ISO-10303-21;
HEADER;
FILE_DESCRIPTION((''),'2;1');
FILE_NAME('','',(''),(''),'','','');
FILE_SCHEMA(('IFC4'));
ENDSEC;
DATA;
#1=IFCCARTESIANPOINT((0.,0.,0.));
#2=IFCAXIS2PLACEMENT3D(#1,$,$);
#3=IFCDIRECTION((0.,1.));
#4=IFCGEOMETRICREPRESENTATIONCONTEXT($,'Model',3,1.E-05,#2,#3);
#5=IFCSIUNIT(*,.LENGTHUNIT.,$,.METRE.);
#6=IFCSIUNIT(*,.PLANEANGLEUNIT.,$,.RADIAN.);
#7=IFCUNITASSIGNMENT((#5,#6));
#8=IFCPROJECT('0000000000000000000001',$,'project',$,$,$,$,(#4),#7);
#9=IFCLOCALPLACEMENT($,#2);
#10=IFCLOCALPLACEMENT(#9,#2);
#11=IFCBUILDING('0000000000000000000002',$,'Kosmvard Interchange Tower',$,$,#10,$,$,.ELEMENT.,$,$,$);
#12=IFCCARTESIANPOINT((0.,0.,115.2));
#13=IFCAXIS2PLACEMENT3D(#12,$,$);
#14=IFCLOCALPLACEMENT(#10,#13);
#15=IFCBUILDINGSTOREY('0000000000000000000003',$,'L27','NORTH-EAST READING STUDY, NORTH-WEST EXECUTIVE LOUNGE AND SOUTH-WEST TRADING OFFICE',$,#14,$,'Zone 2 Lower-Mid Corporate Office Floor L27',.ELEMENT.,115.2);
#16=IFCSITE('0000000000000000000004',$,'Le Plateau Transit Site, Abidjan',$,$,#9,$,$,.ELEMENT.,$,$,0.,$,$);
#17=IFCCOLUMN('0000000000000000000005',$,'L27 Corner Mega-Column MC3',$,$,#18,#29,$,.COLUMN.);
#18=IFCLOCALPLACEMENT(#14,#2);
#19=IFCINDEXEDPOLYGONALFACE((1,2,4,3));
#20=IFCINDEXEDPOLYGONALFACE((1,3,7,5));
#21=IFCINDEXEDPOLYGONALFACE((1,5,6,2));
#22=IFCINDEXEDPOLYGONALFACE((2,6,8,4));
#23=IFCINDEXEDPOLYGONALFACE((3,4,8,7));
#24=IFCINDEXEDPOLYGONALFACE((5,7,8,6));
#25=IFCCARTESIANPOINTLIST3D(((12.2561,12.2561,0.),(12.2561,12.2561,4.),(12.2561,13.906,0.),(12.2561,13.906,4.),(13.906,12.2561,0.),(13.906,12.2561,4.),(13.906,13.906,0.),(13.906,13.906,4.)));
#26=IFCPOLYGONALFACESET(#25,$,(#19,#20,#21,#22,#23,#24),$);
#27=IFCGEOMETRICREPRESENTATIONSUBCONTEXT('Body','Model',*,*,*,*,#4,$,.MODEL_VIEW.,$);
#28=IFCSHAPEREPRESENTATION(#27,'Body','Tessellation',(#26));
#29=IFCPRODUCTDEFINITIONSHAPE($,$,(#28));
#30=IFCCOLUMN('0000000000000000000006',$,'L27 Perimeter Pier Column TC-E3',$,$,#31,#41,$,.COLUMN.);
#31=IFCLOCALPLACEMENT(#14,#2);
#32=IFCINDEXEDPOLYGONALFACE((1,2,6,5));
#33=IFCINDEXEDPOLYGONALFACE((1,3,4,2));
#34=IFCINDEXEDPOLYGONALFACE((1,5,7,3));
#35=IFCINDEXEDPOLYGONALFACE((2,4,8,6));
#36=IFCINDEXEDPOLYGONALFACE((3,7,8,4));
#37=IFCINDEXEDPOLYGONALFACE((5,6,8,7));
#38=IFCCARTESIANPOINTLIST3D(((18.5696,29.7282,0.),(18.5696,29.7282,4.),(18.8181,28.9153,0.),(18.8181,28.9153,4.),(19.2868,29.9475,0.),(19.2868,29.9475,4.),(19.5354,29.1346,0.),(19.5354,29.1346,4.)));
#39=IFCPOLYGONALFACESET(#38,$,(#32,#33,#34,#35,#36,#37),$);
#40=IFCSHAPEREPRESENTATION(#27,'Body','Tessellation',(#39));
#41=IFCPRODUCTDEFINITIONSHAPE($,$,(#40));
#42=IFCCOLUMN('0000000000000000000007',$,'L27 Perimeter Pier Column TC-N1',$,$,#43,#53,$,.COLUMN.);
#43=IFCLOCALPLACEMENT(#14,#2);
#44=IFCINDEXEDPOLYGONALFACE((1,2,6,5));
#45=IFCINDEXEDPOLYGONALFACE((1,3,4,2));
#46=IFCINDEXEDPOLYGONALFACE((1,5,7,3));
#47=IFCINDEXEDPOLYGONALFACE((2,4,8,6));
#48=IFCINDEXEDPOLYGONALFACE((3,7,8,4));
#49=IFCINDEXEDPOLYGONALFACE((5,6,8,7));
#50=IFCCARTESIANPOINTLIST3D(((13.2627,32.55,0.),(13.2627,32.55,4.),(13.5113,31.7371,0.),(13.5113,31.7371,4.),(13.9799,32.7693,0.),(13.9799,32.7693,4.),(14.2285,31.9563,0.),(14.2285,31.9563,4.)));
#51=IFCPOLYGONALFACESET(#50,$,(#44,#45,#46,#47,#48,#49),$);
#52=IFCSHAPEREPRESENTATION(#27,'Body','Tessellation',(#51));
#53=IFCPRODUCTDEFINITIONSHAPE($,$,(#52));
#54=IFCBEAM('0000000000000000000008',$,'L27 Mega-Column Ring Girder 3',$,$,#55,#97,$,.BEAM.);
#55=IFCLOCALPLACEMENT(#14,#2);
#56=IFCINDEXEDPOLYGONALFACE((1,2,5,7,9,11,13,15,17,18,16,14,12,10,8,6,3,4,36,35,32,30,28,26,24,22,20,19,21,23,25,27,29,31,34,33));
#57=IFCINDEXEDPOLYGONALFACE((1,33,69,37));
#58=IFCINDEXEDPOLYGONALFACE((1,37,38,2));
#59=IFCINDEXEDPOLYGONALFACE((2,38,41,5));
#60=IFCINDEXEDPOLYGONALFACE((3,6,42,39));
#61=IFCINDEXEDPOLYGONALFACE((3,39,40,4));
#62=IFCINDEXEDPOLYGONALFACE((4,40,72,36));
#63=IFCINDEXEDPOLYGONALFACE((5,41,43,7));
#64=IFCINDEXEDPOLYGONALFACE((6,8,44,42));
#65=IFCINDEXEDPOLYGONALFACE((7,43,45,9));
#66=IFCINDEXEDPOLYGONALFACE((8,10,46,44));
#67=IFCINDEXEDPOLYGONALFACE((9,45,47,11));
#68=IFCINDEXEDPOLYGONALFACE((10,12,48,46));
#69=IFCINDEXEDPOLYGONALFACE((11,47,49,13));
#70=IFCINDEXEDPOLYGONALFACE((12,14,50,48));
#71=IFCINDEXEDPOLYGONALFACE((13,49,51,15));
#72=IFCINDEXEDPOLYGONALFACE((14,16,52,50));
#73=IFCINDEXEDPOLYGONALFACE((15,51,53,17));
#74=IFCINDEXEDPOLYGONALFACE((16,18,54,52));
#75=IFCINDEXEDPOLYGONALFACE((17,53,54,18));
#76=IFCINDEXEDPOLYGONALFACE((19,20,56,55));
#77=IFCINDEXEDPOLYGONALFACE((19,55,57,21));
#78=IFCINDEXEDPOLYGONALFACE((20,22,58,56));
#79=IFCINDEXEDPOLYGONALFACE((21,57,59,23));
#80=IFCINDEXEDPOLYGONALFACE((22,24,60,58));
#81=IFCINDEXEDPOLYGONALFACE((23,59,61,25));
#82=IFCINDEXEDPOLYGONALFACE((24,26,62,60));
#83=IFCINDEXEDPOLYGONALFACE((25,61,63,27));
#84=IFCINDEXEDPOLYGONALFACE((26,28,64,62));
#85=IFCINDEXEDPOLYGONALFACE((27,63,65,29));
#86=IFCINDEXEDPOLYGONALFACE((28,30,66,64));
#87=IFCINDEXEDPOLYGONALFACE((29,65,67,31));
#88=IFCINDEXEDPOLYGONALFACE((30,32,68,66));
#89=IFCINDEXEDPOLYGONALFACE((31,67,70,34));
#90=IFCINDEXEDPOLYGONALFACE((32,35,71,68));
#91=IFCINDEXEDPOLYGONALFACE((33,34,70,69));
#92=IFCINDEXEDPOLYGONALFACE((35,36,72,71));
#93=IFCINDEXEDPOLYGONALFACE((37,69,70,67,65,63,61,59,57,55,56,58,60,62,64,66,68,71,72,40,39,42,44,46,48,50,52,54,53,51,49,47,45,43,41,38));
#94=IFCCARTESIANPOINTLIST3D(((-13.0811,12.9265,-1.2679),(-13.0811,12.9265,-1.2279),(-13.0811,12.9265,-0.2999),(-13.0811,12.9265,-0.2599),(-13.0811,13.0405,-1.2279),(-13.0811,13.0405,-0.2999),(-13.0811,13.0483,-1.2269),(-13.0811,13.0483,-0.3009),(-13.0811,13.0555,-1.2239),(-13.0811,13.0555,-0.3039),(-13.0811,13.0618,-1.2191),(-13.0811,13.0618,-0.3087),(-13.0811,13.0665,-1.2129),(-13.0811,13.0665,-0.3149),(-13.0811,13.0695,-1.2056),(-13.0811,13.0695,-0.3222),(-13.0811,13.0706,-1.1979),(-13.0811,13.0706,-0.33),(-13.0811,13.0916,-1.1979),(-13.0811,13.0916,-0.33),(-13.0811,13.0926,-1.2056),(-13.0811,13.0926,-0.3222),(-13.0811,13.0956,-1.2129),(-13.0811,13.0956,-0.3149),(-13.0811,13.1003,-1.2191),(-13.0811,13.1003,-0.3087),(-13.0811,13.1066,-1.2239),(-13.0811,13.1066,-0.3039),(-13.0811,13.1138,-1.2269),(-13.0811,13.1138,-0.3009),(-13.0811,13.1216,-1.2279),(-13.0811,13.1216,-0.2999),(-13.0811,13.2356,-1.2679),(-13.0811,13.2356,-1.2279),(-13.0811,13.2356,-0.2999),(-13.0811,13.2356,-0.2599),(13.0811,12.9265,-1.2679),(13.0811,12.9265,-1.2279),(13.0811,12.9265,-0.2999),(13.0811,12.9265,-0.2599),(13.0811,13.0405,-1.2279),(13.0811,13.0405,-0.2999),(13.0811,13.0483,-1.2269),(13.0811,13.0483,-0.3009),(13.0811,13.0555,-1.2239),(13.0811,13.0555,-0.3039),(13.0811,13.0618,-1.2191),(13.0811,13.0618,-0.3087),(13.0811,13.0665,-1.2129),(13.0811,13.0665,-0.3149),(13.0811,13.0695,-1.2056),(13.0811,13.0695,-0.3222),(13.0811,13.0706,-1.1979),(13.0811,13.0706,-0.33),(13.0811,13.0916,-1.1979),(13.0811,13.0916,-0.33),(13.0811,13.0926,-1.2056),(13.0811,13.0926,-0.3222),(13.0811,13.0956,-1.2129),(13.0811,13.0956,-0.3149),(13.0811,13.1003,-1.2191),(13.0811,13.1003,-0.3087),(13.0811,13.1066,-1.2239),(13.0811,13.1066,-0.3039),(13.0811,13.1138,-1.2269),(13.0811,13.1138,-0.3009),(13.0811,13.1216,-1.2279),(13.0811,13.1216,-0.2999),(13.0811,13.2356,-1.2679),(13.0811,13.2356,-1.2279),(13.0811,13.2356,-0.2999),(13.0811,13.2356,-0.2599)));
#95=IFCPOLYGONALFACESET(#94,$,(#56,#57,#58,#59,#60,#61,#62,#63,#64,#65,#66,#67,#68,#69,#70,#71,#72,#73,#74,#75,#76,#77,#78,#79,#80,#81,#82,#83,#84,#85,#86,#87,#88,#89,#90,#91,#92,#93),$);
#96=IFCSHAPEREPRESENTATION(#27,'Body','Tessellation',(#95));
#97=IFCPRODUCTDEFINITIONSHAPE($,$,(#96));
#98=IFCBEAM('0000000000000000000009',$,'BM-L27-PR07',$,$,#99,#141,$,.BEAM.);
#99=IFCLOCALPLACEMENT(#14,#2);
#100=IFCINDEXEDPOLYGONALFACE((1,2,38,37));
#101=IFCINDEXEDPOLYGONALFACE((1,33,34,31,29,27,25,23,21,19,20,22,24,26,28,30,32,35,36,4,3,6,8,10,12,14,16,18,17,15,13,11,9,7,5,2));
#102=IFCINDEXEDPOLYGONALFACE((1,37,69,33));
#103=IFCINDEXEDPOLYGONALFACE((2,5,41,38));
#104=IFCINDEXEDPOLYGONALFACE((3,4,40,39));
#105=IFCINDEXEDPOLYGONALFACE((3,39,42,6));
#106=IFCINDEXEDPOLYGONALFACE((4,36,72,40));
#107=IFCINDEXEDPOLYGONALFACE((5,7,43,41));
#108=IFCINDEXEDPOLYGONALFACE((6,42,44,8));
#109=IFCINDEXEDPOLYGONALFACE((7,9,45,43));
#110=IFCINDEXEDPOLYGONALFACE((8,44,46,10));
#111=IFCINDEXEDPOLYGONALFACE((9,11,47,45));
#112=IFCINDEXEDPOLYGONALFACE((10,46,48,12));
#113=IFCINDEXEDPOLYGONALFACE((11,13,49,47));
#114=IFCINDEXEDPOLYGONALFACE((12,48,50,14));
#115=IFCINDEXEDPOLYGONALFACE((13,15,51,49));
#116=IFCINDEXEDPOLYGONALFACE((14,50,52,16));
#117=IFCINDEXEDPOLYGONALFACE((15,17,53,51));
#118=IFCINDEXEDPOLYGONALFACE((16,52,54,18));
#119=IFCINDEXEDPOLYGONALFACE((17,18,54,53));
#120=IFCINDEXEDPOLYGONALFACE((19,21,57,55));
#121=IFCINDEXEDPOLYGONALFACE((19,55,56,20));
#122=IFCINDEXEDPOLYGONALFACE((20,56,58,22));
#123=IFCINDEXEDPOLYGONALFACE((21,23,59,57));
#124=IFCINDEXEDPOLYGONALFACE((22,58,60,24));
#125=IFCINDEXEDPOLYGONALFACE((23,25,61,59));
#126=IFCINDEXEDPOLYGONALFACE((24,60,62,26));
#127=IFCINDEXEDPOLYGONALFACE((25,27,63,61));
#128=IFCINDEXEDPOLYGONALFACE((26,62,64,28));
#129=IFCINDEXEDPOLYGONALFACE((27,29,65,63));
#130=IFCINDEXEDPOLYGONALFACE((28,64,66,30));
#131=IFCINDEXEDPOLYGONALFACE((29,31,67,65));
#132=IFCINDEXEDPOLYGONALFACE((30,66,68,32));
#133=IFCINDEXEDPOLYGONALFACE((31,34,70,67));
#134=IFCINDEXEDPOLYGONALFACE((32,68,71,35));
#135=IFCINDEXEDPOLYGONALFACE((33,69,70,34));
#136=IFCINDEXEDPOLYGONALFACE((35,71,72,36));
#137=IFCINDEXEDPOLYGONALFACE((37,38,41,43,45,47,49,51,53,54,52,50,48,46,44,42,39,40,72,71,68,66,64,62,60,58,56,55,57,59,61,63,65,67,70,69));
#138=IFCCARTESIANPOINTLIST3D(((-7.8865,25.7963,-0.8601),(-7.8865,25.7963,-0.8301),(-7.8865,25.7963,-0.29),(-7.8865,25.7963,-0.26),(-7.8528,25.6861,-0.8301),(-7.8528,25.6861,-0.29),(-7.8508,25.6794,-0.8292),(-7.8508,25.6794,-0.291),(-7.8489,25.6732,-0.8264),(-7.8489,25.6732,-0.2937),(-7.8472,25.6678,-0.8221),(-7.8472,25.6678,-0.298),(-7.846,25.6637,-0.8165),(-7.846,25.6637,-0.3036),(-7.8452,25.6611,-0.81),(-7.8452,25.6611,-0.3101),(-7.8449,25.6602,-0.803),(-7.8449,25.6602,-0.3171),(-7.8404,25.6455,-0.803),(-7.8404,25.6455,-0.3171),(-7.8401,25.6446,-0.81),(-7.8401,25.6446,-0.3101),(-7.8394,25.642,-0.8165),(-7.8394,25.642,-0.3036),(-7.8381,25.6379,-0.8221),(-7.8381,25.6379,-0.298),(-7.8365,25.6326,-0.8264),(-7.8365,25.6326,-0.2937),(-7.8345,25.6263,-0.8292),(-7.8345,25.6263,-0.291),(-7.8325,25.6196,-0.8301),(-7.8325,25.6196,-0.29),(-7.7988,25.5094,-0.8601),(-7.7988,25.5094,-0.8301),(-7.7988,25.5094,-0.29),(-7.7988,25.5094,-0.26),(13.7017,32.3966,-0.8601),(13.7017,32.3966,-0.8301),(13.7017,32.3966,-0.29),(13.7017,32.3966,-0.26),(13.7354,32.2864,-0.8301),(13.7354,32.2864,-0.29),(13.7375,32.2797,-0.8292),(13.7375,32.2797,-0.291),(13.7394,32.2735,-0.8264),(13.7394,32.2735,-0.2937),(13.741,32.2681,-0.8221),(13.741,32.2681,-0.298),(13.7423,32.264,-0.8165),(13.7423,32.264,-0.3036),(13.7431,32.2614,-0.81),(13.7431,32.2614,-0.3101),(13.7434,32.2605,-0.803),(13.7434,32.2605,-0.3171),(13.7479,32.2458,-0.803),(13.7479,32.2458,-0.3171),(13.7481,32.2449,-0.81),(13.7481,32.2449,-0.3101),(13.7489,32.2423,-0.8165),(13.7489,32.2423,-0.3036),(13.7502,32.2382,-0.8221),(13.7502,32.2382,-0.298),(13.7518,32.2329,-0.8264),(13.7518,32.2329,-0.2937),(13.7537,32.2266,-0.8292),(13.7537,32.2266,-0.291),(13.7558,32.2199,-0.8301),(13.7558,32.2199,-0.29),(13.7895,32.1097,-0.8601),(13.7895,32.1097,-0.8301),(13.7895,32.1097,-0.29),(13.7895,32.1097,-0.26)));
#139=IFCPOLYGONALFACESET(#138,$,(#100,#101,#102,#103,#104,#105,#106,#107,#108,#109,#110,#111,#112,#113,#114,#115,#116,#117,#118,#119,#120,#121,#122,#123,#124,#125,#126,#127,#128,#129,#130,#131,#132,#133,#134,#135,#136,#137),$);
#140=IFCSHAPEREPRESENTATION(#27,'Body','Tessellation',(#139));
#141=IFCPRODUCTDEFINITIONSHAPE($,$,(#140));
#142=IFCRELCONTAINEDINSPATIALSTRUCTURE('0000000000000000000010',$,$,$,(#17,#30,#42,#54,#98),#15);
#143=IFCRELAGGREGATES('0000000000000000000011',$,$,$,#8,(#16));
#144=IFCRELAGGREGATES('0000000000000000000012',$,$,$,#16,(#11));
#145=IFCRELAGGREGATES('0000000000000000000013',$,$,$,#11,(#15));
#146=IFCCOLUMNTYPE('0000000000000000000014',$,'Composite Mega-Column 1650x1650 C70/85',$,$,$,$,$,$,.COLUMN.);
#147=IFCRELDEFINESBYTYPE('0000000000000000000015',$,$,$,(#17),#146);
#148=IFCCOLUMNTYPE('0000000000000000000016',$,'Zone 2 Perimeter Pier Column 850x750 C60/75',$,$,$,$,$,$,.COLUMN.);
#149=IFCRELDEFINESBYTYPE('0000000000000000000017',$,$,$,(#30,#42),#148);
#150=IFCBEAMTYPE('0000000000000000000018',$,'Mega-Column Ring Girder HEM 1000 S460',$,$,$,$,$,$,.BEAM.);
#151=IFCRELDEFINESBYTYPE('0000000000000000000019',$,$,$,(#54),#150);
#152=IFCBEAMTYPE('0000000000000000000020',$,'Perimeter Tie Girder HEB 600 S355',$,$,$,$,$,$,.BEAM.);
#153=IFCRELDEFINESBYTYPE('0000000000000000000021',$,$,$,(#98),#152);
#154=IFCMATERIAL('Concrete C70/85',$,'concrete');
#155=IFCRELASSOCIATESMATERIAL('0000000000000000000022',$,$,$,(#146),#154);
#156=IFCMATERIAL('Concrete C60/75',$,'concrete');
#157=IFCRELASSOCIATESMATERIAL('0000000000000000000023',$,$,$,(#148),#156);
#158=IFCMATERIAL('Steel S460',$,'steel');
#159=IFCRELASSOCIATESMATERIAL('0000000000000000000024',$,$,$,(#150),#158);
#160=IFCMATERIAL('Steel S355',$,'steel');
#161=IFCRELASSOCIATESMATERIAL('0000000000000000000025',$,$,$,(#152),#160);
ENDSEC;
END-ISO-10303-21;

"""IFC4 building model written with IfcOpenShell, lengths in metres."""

from ifc_helpers import new_model, si_unit, direction, frame, origin, origin_2d, place, context, subcontext, project, spatial, rectangle, i_section, extrude, source, transform, mapped, material, material_profile, profile_set, type_object, element, save


model = new_model("IFC4")

# Units and contexts
model_context = context("Model", 3, precision=1e-05, world=origin(), true_north=direction((0.0, 1.0)))
body_context = subcontext(model_context, "Body", "Model", "MODEL_VIEW")
ifc_project = project(units=[si_unit("LENGTHUNIT", "METRE"), si_unit("PLANEANGLEUNIT", "RADIAN")], contexts=[model_context])

# Site, building, storey
site_placement = place(None, origin())
site = spatial("IfcSite", under=ifc_project, at=site_placement, Name="Le Plateau Transit Site, Abidjan", CompositionType="ELEMENT", RefElevation=0.0)
building_placement = place(site_placement, origin())
building = spatial("IfcBuilding", under=site, at=building_placement, Name="Kosmvard Interchange Tower", CompositionType="ELEMENT")
storey_placement = place(building_placement, frame((0.0, 0.0, 115.2)))
storey = spatial("IfcBuildingStorey", under=building, at=storey_placement, Name="L27", Description="NORTH-EAST READING STUDY, NORTH-WEST EXECUTIVE LOUNGE AND SOUTH-WEST TRADING OFFICE", LongName="Zone 2 Lower-Mid Corporate Office Floor L27", CompositionType="ELEMENT", Elevation=115.2)

# Columns
ifc_material_1 = material(Name="Concrete C70/85", Category="concrete")
ifc_material_profile_1 = material_profile(ifc_material_1, rectangle(XDim=1.6499, YDim=1.6499, at=origin_2d()), Name="MC 1650x1650")
ifc_profile_set_1 = profile_set([ifc_material_profile_1], Name="Concrete C70/85")
column_type_1 = type_object("IfcColumnType", Name="Composite Mega-Column 1650x1650 C70/85", PredefinedType="COLUMN", material=ifc_profile_set_1)
shared_shape_1 = source(origin(), body_context, "Body", "SweptSolid", [
    extrude(rectangle(XDim=1.6499, YDim=1.6499, at=origin_2d()), origin(), (0.0, 0.0, 1.0), 4.0),
])
column_placement = place(storey_placement, frame((13.0811, 13.0811, 0.0), z_axis=(0.0, 0.0, 1.0), x_axis=(1.0, 0.0, 0.0)))
element("IfcColumn", 1, at=column_placement, inside=storey, type_object=column_type_1, Name="L27 Corner Mega-Column MC3", PredefinedType="COLUMN", context=body_context, shape_type="MappedRepresentation", body=[
    mapped(shared_shape_1, transform((0.0, 0.0, 0.0), scale=1.0)),
])
ifc_material_2 = material(Name="Concrete C60/75", Category="concrete")
ifc_material_profile_2 = material_profile(ifc_material_2, rectangle(XDim=0.75, YDim=0.8501, at=origin_2d()), Name="TC 850x750")
ifc_profile_set_2 = profile_set([ifc_material_profile_2], Name="Concrete C60/75")
column_type_2 = type_object("IfcColumnType", Name="Zone 2 Perimeter Pier Column 850x750 C60/75", PredefinedType="COLUMN", material=ifc_profile_set_2)
shared_shape_2 = source(origin(), body_context, "Body", "SweptSolid", [
    extrude(rectangle(XDim=0.75, YDim=0.8501, at=origin_2d()), origin(), (0.0, 0.0, 1.0), 4.0),
])
for number, where, z_axis, x_axis, name in (
    (2, (19.0525, 29.4314, 0.0), (0.0, 0.0, 1.0), (0.956305, 0.292372, 0.0), "L27 Perimeter Pier Column TC-E3"),
    (3, (13.7456, 32.2532, 0.0), (0.0, 0.0, 1.0), (0.956305, 0.292372, 0.0), "L27 Perimeter Pier Column TC-N1"),
):
    element("IfcColumn", number, at=place(storey_placement, frame(where, z_axis=z_axis, x_axis=x_axis)), inside=storey, type_object=column_type_2, Name=name, PredefinedType="COLUMN", context=body_context, shape_type="MappedRepresentation", body=[
        mapped(shared_shape_2, transform((0.0, 0.0, 0.0), scale=1.0)),
    ])

# Beams
ifc_material_3 = material(Name="Steel S460", Category="steel")
ifc_material_profile_3 = material_profile(ifc_material_3, i_section(OverallWidth=0.3091, OverallDepth=1.0081, WebThickness=0.021, FlangeThickness=0.04, FilletRadius=0.03, at=origin_2d()), Name="HEM 1000")
ifc_profile_set_3 = profile_set([ifc_material_profile_3], Name="Steel S460")
beam_type_1 = type_object("IfcBeamType", Name="Mega-Column Ring Girder HEM 1000 S460", PredefinedType="BEAM", material=ifc_profile_set_3)
shared_shape_3 = source(origin(), body_context, "Body", "SweptSolid", [
    extrude(i_section(OverallWidth=0.3091, OverallDepth=1.0081, WebThickness=0.021, FlangeThickness=0.04, FilletRadius=0.03, at=origin_2d()), origin(), (0.0, 0.0, 1.0), 26.1621),
])
beam_1_placement = place(storey_placement, frame((13.0811, 13.0811, -0.7639), z_axis=(-1.0, 0.0, 0.0), x_axis=(0.0, -1.0, 0.0)))
element("IfcBeam", 4, at=beam_1_placement, inside=storey, type_object=beam_type_1, Name="L27 Mega-Column Ring Girder 3", PredefinedType="BEAM", context=body_context, shape_type="MappedRepresentation", body=[
    mapped(shared_shape_3, transform((0.0, 0.0, 0.0), scale=1.0)),
])
ifc_material_4 = material(Name="Steel S355", Category="steel")
ifc_material_profile_4 = material_profile(ifc_material_4, i_section(OverallWidth=0.3, OverallDepth=0.6001, WebThickness=0.0154, FlangeThickness=0.03, FilletRadius=0.0271, at=origin_2d()), Name="HEB 600")
ifc_profile_set_4 = profile_set([ifc_material_profile_4], Name="Steel S355")
beam_type_2 = type_object("IfcBeamType", Name="Perimeter Tie Girder HEB 600 S355", PredefinedType="BEAM", material=ifc_profile_set_4)
shared_shape_4 = source(origin(), body_context, "Body", "SweptSolid", [
    extrude(i_section(OverallWidth=0.3, OverallDepth=0.6001, WebThickness=0.0154, FlangeThickness=0.03, FilletRadius=0.0271, at=origin_2d()), origin(), (0.0, 0.0, 1.0), 22.5747),
])
beam_2_placement = place(storey_placement, frame((13.7456, 32.2532, -0.5601), z_axis=(-0.956303, -0.292376, 0.0), x_axis=(0.292376, -0.956303, 0.0)))
element("IfcBeam", 5, at=beam_2_placement, inside=storey, type_object=beam_type_2, Name="BM-L27-PR07", PredefinedType="BEAM", context=body_context, shape_type="MappedRepresentation", body=[
    mapped(shared_shape_4, transform((0.0, 0.0, 0.0), scale=1.0)),
])

save(model, "model.ifc")
